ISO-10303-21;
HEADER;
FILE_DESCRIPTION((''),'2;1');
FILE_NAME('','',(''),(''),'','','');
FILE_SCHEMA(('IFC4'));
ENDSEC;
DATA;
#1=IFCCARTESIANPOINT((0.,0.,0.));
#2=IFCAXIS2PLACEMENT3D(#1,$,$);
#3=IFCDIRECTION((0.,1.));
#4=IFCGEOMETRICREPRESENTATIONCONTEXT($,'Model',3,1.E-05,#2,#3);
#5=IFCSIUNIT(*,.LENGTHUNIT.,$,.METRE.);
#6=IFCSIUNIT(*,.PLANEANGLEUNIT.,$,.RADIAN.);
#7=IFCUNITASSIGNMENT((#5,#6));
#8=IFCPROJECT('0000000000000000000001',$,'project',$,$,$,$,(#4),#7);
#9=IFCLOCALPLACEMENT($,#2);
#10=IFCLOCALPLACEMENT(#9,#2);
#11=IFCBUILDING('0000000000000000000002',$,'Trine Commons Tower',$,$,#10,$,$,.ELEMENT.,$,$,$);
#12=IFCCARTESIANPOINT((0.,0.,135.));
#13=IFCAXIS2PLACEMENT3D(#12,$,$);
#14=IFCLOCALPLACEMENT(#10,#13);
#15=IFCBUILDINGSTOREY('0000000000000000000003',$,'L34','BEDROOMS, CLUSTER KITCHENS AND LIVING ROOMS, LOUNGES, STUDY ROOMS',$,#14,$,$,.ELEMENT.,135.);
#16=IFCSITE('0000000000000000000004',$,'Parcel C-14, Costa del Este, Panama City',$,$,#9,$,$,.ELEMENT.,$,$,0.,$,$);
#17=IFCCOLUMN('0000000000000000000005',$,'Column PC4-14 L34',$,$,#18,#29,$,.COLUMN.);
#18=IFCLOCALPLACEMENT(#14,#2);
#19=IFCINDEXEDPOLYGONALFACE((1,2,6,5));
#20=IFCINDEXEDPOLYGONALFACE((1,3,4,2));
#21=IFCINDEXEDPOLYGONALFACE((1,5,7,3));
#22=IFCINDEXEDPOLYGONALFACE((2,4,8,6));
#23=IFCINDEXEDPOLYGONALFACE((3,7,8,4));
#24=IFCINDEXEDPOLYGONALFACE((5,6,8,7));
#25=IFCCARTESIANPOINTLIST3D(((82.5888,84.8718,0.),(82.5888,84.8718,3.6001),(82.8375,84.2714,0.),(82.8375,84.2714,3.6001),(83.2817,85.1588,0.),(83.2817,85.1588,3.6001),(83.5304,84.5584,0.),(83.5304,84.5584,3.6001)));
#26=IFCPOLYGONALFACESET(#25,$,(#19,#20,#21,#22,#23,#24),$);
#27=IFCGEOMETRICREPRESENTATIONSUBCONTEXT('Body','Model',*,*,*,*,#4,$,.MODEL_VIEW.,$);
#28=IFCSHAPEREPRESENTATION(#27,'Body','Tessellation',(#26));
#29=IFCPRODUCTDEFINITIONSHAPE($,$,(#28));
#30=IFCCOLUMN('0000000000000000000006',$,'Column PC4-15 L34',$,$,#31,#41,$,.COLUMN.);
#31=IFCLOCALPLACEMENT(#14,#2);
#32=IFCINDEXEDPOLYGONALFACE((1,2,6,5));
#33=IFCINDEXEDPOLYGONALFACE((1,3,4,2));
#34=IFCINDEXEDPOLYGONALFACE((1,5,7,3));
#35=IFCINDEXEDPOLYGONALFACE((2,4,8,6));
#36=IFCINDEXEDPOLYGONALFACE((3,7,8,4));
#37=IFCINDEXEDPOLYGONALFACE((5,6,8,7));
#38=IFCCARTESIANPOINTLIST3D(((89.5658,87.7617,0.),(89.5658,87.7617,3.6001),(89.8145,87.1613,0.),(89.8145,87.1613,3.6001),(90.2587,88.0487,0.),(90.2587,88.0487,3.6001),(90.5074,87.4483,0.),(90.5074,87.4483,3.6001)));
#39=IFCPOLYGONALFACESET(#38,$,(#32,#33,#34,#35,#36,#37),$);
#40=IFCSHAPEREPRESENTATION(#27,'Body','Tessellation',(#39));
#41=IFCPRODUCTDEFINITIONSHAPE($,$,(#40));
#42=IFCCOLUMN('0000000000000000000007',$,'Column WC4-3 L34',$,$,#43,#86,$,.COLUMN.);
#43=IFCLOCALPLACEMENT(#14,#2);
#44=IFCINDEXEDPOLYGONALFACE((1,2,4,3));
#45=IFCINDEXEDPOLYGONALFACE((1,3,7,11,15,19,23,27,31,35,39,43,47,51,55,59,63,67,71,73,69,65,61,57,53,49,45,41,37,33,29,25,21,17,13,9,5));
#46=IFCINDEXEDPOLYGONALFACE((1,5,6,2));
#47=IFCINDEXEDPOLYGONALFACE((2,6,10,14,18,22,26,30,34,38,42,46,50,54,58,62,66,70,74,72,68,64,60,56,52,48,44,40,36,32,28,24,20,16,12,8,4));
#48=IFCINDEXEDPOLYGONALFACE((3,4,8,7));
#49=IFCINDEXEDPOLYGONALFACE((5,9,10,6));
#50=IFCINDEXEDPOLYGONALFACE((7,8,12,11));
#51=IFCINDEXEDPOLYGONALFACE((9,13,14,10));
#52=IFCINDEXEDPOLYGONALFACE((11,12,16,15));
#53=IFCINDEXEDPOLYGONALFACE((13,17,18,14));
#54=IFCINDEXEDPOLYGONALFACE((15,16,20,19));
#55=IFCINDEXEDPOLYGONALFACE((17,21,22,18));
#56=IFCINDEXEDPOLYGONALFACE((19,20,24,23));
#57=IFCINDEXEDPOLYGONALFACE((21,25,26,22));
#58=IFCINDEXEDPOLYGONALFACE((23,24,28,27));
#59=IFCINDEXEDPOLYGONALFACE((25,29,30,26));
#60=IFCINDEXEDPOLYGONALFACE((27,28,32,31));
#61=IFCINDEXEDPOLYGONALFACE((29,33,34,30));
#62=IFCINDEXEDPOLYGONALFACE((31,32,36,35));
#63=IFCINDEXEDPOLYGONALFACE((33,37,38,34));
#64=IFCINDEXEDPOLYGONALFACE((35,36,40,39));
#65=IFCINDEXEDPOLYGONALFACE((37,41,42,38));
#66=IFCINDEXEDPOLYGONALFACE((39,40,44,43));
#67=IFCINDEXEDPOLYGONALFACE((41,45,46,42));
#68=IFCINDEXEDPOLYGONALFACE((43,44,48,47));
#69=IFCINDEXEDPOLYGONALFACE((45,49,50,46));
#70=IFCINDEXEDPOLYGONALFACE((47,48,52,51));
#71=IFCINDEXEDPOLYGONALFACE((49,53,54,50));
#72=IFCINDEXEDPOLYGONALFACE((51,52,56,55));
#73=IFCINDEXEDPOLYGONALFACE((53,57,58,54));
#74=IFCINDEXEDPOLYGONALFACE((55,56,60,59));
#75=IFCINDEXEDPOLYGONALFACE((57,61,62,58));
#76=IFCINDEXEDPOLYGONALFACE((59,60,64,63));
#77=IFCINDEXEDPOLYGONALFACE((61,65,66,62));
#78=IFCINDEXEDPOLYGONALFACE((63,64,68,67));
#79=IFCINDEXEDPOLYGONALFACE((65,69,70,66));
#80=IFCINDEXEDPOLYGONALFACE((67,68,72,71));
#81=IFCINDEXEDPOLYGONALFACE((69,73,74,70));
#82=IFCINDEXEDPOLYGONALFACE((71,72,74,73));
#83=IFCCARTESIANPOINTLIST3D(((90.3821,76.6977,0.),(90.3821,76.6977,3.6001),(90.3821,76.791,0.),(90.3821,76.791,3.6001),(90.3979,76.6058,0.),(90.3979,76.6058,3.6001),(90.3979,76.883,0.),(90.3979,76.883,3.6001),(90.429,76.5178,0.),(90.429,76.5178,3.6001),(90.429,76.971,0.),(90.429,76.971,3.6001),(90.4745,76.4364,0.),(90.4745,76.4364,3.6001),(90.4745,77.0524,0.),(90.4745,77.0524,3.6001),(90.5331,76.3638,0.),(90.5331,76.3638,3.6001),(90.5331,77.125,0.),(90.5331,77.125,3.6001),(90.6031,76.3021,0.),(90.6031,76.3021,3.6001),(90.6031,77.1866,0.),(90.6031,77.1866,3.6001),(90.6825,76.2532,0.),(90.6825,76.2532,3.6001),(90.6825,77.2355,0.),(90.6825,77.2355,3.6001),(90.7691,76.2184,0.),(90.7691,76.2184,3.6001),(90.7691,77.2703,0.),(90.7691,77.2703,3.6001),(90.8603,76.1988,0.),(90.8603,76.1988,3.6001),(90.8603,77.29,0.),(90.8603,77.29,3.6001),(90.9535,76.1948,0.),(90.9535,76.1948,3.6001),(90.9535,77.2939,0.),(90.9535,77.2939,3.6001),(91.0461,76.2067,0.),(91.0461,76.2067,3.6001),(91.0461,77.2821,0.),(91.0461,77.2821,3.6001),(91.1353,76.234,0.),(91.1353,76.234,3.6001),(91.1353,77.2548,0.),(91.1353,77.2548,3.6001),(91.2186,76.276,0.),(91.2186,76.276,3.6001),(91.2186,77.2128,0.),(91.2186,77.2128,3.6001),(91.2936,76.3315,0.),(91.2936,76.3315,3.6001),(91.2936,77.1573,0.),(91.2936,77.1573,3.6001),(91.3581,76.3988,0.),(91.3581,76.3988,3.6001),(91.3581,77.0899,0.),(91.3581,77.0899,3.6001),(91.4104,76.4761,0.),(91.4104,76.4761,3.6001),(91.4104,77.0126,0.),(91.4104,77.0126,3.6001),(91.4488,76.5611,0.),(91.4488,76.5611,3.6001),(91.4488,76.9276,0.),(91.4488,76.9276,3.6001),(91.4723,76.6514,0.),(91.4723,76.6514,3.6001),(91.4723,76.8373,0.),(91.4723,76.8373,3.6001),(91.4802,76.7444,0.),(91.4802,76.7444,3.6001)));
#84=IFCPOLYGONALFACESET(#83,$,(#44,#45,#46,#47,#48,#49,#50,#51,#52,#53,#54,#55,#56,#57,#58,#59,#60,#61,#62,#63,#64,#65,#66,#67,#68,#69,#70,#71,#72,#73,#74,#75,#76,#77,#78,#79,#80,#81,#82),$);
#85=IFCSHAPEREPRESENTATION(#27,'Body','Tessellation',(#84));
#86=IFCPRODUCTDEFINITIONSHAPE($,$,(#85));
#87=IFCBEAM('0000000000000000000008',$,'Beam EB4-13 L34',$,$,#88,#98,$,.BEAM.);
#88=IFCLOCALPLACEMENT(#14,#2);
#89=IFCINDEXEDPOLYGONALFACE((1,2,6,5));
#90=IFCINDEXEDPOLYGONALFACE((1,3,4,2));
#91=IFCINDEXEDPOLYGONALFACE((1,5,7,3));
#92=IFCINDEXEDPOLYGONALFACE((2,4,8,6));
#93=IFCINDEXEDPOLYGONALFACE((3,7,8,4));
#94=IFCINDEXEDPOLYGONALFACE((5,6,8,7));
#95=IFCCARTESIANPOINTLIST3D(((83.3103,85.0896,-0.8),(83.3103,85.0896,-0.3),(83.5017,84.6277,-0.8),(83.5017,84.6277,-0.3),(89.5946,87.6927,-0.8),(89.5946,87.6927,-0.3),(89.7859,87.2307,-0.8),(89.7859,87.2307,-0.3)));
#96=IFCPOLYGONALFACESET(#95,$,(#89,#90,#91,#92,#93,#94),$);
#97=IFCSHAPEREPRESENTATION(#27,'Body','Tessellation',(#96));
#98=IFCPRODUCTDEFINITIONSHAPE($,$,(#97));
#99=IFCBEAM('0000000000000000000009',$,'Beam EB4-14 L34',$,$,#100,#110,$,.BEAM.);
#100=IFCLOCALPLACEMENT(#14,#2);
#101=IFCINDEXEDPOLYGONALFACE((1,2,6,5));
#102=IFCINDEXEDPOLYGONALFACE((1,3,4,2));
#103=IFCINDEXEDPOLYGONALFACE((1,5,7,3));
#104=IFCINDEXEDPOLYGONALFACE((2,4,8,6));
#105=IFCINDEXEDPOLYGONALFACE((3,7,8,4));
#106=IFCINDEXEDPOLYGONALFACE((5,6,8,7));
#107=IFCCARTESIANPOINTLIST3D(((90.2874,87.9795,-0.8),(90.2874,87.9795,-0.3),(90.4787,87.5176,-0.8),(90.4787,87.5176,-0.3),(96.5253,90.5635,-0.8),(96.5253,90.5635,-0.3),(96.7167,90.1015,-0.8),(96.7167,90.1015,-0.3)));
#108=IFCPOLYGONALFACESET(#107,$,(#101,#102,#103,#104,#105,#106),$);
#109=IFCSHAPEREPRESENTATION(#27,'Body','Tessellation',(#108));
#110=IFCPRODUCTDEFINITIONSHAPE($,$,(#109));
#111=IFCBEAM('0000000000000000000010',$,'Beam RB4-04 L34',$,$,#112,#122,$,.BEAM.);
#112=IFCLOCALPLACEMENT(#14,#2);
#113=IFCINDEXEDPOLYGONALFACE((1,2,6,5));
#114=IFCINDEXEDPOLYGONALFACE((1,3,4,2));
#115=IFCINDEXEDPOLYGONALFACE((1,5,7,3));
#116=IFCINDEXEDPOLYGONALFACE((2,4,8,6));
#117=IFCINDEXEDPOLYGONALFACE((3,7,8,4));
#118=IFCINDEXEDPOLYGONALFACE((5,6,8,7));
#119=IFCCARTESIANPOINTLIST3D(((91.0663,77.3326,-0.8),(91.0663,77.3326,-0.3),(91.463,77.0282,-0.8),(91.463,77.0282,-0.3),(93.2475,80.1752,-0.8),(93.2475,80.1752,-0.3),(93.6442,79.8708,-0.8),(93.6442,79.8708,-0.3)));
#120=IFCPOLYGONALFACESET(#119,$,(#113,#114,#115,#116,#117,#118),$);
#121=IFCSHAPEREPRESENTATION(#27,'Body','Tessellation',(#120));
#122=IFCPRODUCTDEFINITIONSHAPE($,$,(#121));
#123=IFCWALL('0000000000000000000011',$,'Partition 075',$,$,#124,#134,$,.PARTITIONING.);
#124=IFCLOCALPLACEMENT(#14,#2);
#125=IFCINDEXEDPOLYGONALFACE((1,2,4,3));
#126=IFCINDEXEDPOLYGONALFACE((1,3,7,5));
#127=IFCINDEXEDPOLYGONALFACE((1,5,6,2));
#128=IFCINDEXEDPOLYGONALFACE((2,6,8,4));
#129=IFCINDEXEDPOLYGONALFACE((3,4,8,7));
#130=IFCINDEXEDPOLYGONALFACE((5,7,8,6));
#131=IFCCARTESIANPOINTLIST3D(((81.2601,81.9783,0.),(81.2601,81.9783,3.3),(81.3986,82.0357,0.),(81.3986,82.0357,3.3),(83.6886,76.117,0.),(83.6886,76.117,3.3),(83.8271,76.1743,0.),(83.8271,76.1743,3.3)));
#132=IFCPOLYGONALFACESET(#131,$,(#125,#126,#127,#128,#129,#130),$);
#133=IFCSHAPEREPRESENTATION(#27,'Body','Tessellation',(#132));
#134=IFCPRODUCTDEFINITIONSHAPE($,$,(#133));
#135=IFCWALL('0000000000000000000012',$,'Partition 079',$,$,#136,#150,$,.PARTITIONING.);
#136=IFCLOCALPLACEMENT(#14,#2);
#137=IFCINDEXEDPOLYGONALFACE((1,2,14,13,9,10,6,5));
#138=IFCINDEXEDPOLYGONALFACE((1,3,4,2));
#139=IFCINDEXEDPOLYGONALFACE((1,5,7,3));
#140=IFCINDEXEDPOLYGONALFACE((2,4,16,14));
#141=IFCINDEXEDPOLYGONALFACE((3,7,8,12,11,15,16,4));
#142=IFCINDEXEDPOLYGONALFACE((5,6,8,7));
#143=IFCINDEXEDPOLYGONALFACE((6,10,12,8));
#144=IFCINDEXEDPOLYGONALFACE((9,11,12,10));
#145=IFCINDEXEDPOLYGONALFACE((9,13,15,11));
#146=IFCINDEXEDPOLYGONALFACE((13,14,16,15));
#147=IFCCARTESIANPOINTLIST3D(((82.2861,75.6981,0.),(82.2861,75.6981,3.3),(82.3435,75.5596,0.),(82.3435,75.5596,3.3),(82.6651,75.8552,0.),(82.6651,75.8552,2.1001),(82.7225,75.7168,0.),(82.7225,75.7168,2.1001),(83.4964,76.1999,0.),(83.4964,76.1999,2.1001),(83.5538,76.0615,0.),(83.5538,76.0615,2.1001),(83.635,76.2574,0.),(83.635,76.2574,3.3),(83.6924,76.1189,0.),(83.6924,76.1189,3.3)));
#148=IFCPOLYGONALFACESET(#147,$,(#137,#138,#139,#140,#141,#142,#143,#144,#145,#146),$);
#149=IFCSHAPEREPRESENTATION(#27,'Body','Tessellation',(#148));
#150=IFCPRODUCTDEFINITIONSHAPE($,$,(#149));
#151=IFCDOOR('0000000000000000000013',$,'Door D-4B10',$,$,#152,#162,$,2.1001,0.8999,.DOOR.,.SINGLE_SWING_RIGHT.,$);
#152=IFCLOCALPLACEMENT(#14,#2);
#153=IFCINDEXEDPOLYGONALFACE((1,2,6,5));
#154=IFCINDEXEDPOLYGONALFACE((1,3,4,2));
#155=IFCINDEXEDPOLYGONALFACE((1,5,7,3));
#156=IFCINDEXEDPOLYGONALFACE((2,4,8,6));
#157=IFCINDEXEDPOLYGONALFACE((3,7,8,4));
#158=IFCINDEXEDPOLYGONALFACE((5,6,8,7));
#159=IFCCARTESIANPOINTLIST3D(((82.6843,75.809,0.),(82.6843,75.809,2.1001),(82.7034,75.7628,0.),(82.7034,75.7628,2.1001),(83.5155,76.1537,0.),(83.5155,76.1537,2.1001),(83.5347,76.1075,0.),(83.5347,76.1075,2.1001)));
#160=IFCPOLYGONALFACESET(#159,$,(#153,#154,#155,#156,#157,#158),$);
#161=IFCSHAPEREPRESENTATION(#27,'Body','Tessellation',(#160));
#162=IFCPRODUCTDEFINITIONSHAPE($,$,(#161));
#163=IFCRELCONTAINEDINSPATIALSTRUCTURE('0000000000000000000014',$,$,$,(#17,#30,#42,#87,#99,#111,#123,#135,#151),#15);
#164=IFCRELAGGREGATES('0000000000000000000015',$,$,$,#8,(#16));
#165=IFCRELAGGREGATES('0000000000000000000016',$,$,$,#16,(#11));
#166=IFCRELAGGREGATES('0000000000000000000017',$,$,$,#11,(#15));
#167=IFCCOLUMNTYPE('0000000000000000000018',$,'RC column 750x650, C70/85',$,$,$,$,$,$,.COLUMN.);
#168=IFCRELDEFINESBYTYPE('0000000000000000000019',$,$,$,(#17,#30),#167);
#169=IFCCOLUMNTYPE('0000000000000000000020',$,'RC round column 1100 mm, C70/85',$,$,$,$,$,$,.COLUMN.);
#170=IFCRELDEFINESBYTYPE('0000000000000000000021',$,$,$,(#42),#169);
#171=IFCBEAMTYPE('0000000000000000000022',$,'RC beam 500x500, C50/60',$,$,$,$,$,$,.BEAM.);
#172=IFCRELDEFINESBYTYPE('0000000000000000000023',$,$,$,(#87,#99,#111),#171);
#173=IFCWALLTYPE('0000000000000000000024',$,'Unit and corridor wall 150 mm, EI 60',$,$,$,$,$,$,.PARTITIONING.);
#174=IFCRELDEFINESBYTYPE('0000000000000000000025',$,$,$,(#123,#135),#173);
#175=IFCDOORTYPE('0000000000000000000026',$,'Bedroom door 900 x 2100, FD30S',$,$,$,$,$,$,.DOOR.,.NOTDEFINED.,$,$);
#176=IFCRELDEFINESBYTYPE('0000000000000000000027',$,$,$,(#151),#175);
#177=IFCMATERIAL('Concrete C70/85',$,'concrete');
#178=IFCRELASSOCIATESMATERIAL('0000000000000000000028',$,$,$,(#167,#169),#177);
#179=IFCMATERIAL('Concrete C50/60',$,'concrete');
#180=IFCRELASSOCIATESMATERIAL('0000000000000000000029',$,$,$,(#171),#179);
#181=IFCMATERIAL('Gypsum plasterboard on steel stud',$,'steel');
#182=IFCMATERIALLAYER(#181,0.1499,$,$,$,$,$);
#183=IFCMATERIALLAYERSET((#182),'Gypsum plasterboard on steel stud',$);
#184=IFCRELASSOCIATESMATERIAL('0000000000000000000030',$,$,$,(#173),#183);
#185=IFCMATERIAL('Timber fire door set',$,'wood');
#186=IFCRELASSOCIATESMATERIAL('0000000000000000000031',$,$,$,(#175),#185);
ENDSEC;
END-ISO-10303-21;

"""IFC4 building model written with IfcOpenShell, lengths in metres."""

from ifc_helpers import new_model, si_unit, direction, frame, frame_2d, origin, origin_2d, place, context, subcontext, project, spatial, rectangle, circle, extrude, material, layer, layer_set, material_profile, profile_set, type_object, element, fill, save


model = new_model("IFC4")

# Units and contexts
model_context = context("Model", 3, precision=1e-05, world=origin(), true_north=direction((0.0, 1.0)))
body_context = subcontext(model_context, "Body", "Model", "MODEL_VIEW")
ifc_project = project(units=[si_unit("LENGTHUNIT", "METRE"), si_unit("PLANEANGLEUNIT", "RADIAN")], contexts=[model_context])

# Site, building, storey
site_placement = place(None, origin())
site = spatial("IfcSite", under=ifc_project, at=site_placement, Name="Parcel C-14, Costa del Este, Panama City", CompositionType="ELEMENT", RefElevation=0.0)
building_placement = place(site_placement, origin())
building = spatial("IfcBuilding", under=site, at=building_placement, Name="Trine Commons Tower", CompositionType="ELEMENT")
storey_placement = place(building_placement, frame((0.0, 0.0, 135.0)))
storey = spatial("IfcBuildingStorey", under=building, at=storey_placement, Name="L34", Description="BEDROOMS, CLUSTER KITCHENS AND LIVING ROOMS, LOUNGES, STUDY ROOMS", CompositionType="ELEMENT", Elevation=135.0)

# Columns
ifc_material_1 = material(Name="Concrete C70/85", Category="concrete")
ifc_material_profile_1 = material_profile(ifc_material_1, rectangle(XDim=0.75, YDim=0.6499, at=origin_2d()), Name="RC 750x650")
ifc_profile_set_1 = profile_set([ifc_material_profile_1], Name="Concrete C70/85")
column_type_1 = type_object("IfcColumnType", Name="RC column 750x650, C70/85", PredefinedType="COLUMN", material=ifc_profile_set_1)
for number, where, z_axis, x_axis, name in (
    (1, (83.0596, 84.7151, 0.0), (0.0, 0.0, 1.0), (0.92388, 0.382683, 0.0), "Column PC4-14 L34"),
    (2, (90.0366, 87.605, 0.0), (0.0, 0.0, 1.0), (0.92388, 0.382683, 0.0), "Column PC4-15 L34"),
):
    element("IfcColumn", number, at=place(storey_placement, frame(where, z_axis=z_axis, x_axis=x_axis)), inside=storey, type_object=column_type_1, Name=name, PredefinedType="COLUMN", context=body_context, shape_type="SweptSolid", body=[
        extrude(rectangle(XDim=0.75, YDim=0.6499, at=origin_2d()), origin(), (0.0, 0.0, 1.0), 3.6001),
    ])
ifc_material_profile_2 = material_profile(ifc_material_1, circle(Radius=0.55, at=origin_2d()), Name="RC round 1100")
ifc_profile_set_2 = profile_set([ifc_material_profile_2], Name="Concrete C70/85")
column_type_2 = type_object("IfcColumnType", Name="RC round column 1100 mm, C70/85", PredefinedType="COLUMN", material=ifc_profile_set_2)
column_placement = place(storey_placement, frame((90.9302, 76.7444, 0.0), z_axis=(0.0, 0.0, 1.0), x_axis=(1.0, 0.0, 0.0)))
element("IfcColumn", 3, at=column_placement, inside=storey, type_object=column_type_2, Name="Column WC4-3 L34", PredefinedType="COLUMN", context=body_context, shape_type="SweptSolid", body=[
    extrude(circle(Radius=0.55, at=origin_2d()), origin(), (0.0, 0.0, 1.0), 3.6001),
])

# Beams
ifc_material_2 = material(Name="Concrete C50/60", Category="concrete")
ifc_material_profile_3 = material_profile(ifc_material_2, rectangle(XDim=0.5, YDim=0.5, at=origin_2d()), Name="RC 500x500")
ifc_profile_set_3 = profile_set([ifc_material_profile_3], Name="Concrete C50/60")
beam_type = type_object("IfcBeamType", Name="RC beam 500x500, C50/60", PredefinedType="BEAM", material=ifc_profile_set_3)
beam_1_placement = place(storey_placement, frame((83.406, 84.8586, -0.55), z_axis=(0.923878, 0.382688, 0.0), x_axis=(-0.382688, 0.923878, 0.0)))
element("IfcBeam", 4, at=beam_1_placement, inside=storey, type_object=beam_type, Name="Beam EB4-13 L34", PredefinedType="BEAM", context=body_context, shape_type="SweptSolid", body=[
    extrude(rectangle(XDim=0.5, YDim=0.5, at=origin_2d()), origin(), (0.0, 0.0, 1.0), 6.802),
])
beam_2_placement = place(storey_placement, frame((90.3831, 87.7485, -0.55), z_axis=(0.923874, 0.382697, 0.0), x_axis=(-0.382697, 0.923874, 0.0)))
element("IfcBeam", 5, at=beam_2_placement, inside=storey, type_object=beam_type, Name="Beam EB4-14 L34", PredefinedType="BEAM", context=body_context, shape_type="SweptSolid", body=[
    extrude(rectangle(XDim=0.5, YDim=0.5, at=origin_2d()), origin(), (0.0, 0.0, 1.0), 6.752),
])
beam_3_placement = place(storey_placement, frame((91.2646, 77.1804, -0.55), z_axis=(0.608762, 0.793353, 0.0), x_axis=(-0.793353, 0.608762, 0.0)))
element("IfcBeam", 6, at=beam_3_placement, inside=storey, type_object=beam_type, Name="Beam RB4-04 L34", PredefinedType="BEAM", context=body_context, shape_type="SweptSolid", body=[
    extrude(rectangle(XDim=0.5, YDim=0.5, at=origin_2d()), origin(), (0.0, 0.0, 1.0), 3.583),
])

# Wall
ifc_material_3 = material(Name="Gypsum plasterboard on steel stud", Category="steel")
ifc_layer_1 = layer(ifc_material_3, 0.1499)
ifc_layer_set_1 = layer_set([ifc_layer_1], Name="Gypsum plasterboard on steel stud")
wall_type_1 = type_object("IfcWallType", Name="Unit and corridor wall 150 mm, EI 60", PredefinedType="PARTITIONING", material=ifc_layer_set_1)
wall_1_placement = place(storey_placement, frame((81.3293, 82.0071, 0.0), z_axis=(0.0, 0.0, 1.0), x_axis=(0.382768, -0.923845, 0.0)))
element("IfcWall", 7, at=wall_1_placement, inside=storey, type_object=wall_type_1, Name="Partition 075", PredefinedType="PARTITIONING", context=body_context, shape_type="SweptSolid", body=[
    extrude(rectangle(XDim=6.3445, YDim=0.1499, at=frame_2d((3.1724, 0.0))), origin(), (0.0, 0.0, 1.0), 3.3),
])

# Wall, opening, door
wall_2_placement = place(storey_placement, frame((82.3149, 75.6289, 0.0), z_axis=(0.0, 0.0, 1.0), x_axis=(0.923733, 0.383036, 0.0)))
wall_2 = element("IfcWall", 8, at=wall_2_placement, inside=storey, type_object=wall_type_1, Name="Partition 079", PredefinedType="PARTITIONING", context=body_context, shape_type="SweptSolid", body=[
    extrude(rectangle(XDim=1.4602, YDim=0.1499, at=frame_2d((0.73, 0.0))), origin(), (0.0, 0.0, 1.0), 3.3),
])
opening_1_placement = place(wall_2_placement, frame((0.4102, 0.0, 0.0)))
opening_1 = element("IfcOpeningElement", 9, at=opening_1_placement, cuts=wall_2, PredefinedType="OPENING", context=body_context, shape_type="SweptSolid", body=[
    extrude(rectangle(XDim=0.8999, YDim=2.1001, at=frame_2d((0.45, 1.05))), frame((0.0, 0.085, 0.0), z_axis=(0.0, -1.0, 0.0), x_axis=(1.0, 0.0, 0.0)), (0.0, 0.0, 1.0), 0.1699),
])
ifc_material_4 = material(Name="Timber fire door set", Category="wood")
door_type_1 = type_object("IfcDoorType", Name="Bedroom door 900 x 2100, FD30S", OperationType="NOTDEFINED", PredefinedType="DOOR", material=ifc_material_4)
door_1_placement = place(opening_1_placement, origin())
door_1 = element("IfcDoor", 10, at=door_1_placement, inside=storey, type_object=door_type_1, Name="Door D-4B10", OperationType="SINGLE_SWING_RIGHT", OverallHeight=2.1001, OverallWidth=0.8999, PredefinedType="DOOR", context=body_context, shape_type="SweptSolid", body=[
    extrude(rectangle(XDim=0.8999, YDim=2.1001, at=frame_2d((0.45, 1.05))), frame((0.0, 0.0249, 0.0), z_axis=(0.0, -1.0, 0.0), x_axis=(1.0, 0.0, 0.0)), (0.0, 0.0, 1.0), 0.05),
])
fill(opening_1, door_1)

save(model, "model.ifc")
